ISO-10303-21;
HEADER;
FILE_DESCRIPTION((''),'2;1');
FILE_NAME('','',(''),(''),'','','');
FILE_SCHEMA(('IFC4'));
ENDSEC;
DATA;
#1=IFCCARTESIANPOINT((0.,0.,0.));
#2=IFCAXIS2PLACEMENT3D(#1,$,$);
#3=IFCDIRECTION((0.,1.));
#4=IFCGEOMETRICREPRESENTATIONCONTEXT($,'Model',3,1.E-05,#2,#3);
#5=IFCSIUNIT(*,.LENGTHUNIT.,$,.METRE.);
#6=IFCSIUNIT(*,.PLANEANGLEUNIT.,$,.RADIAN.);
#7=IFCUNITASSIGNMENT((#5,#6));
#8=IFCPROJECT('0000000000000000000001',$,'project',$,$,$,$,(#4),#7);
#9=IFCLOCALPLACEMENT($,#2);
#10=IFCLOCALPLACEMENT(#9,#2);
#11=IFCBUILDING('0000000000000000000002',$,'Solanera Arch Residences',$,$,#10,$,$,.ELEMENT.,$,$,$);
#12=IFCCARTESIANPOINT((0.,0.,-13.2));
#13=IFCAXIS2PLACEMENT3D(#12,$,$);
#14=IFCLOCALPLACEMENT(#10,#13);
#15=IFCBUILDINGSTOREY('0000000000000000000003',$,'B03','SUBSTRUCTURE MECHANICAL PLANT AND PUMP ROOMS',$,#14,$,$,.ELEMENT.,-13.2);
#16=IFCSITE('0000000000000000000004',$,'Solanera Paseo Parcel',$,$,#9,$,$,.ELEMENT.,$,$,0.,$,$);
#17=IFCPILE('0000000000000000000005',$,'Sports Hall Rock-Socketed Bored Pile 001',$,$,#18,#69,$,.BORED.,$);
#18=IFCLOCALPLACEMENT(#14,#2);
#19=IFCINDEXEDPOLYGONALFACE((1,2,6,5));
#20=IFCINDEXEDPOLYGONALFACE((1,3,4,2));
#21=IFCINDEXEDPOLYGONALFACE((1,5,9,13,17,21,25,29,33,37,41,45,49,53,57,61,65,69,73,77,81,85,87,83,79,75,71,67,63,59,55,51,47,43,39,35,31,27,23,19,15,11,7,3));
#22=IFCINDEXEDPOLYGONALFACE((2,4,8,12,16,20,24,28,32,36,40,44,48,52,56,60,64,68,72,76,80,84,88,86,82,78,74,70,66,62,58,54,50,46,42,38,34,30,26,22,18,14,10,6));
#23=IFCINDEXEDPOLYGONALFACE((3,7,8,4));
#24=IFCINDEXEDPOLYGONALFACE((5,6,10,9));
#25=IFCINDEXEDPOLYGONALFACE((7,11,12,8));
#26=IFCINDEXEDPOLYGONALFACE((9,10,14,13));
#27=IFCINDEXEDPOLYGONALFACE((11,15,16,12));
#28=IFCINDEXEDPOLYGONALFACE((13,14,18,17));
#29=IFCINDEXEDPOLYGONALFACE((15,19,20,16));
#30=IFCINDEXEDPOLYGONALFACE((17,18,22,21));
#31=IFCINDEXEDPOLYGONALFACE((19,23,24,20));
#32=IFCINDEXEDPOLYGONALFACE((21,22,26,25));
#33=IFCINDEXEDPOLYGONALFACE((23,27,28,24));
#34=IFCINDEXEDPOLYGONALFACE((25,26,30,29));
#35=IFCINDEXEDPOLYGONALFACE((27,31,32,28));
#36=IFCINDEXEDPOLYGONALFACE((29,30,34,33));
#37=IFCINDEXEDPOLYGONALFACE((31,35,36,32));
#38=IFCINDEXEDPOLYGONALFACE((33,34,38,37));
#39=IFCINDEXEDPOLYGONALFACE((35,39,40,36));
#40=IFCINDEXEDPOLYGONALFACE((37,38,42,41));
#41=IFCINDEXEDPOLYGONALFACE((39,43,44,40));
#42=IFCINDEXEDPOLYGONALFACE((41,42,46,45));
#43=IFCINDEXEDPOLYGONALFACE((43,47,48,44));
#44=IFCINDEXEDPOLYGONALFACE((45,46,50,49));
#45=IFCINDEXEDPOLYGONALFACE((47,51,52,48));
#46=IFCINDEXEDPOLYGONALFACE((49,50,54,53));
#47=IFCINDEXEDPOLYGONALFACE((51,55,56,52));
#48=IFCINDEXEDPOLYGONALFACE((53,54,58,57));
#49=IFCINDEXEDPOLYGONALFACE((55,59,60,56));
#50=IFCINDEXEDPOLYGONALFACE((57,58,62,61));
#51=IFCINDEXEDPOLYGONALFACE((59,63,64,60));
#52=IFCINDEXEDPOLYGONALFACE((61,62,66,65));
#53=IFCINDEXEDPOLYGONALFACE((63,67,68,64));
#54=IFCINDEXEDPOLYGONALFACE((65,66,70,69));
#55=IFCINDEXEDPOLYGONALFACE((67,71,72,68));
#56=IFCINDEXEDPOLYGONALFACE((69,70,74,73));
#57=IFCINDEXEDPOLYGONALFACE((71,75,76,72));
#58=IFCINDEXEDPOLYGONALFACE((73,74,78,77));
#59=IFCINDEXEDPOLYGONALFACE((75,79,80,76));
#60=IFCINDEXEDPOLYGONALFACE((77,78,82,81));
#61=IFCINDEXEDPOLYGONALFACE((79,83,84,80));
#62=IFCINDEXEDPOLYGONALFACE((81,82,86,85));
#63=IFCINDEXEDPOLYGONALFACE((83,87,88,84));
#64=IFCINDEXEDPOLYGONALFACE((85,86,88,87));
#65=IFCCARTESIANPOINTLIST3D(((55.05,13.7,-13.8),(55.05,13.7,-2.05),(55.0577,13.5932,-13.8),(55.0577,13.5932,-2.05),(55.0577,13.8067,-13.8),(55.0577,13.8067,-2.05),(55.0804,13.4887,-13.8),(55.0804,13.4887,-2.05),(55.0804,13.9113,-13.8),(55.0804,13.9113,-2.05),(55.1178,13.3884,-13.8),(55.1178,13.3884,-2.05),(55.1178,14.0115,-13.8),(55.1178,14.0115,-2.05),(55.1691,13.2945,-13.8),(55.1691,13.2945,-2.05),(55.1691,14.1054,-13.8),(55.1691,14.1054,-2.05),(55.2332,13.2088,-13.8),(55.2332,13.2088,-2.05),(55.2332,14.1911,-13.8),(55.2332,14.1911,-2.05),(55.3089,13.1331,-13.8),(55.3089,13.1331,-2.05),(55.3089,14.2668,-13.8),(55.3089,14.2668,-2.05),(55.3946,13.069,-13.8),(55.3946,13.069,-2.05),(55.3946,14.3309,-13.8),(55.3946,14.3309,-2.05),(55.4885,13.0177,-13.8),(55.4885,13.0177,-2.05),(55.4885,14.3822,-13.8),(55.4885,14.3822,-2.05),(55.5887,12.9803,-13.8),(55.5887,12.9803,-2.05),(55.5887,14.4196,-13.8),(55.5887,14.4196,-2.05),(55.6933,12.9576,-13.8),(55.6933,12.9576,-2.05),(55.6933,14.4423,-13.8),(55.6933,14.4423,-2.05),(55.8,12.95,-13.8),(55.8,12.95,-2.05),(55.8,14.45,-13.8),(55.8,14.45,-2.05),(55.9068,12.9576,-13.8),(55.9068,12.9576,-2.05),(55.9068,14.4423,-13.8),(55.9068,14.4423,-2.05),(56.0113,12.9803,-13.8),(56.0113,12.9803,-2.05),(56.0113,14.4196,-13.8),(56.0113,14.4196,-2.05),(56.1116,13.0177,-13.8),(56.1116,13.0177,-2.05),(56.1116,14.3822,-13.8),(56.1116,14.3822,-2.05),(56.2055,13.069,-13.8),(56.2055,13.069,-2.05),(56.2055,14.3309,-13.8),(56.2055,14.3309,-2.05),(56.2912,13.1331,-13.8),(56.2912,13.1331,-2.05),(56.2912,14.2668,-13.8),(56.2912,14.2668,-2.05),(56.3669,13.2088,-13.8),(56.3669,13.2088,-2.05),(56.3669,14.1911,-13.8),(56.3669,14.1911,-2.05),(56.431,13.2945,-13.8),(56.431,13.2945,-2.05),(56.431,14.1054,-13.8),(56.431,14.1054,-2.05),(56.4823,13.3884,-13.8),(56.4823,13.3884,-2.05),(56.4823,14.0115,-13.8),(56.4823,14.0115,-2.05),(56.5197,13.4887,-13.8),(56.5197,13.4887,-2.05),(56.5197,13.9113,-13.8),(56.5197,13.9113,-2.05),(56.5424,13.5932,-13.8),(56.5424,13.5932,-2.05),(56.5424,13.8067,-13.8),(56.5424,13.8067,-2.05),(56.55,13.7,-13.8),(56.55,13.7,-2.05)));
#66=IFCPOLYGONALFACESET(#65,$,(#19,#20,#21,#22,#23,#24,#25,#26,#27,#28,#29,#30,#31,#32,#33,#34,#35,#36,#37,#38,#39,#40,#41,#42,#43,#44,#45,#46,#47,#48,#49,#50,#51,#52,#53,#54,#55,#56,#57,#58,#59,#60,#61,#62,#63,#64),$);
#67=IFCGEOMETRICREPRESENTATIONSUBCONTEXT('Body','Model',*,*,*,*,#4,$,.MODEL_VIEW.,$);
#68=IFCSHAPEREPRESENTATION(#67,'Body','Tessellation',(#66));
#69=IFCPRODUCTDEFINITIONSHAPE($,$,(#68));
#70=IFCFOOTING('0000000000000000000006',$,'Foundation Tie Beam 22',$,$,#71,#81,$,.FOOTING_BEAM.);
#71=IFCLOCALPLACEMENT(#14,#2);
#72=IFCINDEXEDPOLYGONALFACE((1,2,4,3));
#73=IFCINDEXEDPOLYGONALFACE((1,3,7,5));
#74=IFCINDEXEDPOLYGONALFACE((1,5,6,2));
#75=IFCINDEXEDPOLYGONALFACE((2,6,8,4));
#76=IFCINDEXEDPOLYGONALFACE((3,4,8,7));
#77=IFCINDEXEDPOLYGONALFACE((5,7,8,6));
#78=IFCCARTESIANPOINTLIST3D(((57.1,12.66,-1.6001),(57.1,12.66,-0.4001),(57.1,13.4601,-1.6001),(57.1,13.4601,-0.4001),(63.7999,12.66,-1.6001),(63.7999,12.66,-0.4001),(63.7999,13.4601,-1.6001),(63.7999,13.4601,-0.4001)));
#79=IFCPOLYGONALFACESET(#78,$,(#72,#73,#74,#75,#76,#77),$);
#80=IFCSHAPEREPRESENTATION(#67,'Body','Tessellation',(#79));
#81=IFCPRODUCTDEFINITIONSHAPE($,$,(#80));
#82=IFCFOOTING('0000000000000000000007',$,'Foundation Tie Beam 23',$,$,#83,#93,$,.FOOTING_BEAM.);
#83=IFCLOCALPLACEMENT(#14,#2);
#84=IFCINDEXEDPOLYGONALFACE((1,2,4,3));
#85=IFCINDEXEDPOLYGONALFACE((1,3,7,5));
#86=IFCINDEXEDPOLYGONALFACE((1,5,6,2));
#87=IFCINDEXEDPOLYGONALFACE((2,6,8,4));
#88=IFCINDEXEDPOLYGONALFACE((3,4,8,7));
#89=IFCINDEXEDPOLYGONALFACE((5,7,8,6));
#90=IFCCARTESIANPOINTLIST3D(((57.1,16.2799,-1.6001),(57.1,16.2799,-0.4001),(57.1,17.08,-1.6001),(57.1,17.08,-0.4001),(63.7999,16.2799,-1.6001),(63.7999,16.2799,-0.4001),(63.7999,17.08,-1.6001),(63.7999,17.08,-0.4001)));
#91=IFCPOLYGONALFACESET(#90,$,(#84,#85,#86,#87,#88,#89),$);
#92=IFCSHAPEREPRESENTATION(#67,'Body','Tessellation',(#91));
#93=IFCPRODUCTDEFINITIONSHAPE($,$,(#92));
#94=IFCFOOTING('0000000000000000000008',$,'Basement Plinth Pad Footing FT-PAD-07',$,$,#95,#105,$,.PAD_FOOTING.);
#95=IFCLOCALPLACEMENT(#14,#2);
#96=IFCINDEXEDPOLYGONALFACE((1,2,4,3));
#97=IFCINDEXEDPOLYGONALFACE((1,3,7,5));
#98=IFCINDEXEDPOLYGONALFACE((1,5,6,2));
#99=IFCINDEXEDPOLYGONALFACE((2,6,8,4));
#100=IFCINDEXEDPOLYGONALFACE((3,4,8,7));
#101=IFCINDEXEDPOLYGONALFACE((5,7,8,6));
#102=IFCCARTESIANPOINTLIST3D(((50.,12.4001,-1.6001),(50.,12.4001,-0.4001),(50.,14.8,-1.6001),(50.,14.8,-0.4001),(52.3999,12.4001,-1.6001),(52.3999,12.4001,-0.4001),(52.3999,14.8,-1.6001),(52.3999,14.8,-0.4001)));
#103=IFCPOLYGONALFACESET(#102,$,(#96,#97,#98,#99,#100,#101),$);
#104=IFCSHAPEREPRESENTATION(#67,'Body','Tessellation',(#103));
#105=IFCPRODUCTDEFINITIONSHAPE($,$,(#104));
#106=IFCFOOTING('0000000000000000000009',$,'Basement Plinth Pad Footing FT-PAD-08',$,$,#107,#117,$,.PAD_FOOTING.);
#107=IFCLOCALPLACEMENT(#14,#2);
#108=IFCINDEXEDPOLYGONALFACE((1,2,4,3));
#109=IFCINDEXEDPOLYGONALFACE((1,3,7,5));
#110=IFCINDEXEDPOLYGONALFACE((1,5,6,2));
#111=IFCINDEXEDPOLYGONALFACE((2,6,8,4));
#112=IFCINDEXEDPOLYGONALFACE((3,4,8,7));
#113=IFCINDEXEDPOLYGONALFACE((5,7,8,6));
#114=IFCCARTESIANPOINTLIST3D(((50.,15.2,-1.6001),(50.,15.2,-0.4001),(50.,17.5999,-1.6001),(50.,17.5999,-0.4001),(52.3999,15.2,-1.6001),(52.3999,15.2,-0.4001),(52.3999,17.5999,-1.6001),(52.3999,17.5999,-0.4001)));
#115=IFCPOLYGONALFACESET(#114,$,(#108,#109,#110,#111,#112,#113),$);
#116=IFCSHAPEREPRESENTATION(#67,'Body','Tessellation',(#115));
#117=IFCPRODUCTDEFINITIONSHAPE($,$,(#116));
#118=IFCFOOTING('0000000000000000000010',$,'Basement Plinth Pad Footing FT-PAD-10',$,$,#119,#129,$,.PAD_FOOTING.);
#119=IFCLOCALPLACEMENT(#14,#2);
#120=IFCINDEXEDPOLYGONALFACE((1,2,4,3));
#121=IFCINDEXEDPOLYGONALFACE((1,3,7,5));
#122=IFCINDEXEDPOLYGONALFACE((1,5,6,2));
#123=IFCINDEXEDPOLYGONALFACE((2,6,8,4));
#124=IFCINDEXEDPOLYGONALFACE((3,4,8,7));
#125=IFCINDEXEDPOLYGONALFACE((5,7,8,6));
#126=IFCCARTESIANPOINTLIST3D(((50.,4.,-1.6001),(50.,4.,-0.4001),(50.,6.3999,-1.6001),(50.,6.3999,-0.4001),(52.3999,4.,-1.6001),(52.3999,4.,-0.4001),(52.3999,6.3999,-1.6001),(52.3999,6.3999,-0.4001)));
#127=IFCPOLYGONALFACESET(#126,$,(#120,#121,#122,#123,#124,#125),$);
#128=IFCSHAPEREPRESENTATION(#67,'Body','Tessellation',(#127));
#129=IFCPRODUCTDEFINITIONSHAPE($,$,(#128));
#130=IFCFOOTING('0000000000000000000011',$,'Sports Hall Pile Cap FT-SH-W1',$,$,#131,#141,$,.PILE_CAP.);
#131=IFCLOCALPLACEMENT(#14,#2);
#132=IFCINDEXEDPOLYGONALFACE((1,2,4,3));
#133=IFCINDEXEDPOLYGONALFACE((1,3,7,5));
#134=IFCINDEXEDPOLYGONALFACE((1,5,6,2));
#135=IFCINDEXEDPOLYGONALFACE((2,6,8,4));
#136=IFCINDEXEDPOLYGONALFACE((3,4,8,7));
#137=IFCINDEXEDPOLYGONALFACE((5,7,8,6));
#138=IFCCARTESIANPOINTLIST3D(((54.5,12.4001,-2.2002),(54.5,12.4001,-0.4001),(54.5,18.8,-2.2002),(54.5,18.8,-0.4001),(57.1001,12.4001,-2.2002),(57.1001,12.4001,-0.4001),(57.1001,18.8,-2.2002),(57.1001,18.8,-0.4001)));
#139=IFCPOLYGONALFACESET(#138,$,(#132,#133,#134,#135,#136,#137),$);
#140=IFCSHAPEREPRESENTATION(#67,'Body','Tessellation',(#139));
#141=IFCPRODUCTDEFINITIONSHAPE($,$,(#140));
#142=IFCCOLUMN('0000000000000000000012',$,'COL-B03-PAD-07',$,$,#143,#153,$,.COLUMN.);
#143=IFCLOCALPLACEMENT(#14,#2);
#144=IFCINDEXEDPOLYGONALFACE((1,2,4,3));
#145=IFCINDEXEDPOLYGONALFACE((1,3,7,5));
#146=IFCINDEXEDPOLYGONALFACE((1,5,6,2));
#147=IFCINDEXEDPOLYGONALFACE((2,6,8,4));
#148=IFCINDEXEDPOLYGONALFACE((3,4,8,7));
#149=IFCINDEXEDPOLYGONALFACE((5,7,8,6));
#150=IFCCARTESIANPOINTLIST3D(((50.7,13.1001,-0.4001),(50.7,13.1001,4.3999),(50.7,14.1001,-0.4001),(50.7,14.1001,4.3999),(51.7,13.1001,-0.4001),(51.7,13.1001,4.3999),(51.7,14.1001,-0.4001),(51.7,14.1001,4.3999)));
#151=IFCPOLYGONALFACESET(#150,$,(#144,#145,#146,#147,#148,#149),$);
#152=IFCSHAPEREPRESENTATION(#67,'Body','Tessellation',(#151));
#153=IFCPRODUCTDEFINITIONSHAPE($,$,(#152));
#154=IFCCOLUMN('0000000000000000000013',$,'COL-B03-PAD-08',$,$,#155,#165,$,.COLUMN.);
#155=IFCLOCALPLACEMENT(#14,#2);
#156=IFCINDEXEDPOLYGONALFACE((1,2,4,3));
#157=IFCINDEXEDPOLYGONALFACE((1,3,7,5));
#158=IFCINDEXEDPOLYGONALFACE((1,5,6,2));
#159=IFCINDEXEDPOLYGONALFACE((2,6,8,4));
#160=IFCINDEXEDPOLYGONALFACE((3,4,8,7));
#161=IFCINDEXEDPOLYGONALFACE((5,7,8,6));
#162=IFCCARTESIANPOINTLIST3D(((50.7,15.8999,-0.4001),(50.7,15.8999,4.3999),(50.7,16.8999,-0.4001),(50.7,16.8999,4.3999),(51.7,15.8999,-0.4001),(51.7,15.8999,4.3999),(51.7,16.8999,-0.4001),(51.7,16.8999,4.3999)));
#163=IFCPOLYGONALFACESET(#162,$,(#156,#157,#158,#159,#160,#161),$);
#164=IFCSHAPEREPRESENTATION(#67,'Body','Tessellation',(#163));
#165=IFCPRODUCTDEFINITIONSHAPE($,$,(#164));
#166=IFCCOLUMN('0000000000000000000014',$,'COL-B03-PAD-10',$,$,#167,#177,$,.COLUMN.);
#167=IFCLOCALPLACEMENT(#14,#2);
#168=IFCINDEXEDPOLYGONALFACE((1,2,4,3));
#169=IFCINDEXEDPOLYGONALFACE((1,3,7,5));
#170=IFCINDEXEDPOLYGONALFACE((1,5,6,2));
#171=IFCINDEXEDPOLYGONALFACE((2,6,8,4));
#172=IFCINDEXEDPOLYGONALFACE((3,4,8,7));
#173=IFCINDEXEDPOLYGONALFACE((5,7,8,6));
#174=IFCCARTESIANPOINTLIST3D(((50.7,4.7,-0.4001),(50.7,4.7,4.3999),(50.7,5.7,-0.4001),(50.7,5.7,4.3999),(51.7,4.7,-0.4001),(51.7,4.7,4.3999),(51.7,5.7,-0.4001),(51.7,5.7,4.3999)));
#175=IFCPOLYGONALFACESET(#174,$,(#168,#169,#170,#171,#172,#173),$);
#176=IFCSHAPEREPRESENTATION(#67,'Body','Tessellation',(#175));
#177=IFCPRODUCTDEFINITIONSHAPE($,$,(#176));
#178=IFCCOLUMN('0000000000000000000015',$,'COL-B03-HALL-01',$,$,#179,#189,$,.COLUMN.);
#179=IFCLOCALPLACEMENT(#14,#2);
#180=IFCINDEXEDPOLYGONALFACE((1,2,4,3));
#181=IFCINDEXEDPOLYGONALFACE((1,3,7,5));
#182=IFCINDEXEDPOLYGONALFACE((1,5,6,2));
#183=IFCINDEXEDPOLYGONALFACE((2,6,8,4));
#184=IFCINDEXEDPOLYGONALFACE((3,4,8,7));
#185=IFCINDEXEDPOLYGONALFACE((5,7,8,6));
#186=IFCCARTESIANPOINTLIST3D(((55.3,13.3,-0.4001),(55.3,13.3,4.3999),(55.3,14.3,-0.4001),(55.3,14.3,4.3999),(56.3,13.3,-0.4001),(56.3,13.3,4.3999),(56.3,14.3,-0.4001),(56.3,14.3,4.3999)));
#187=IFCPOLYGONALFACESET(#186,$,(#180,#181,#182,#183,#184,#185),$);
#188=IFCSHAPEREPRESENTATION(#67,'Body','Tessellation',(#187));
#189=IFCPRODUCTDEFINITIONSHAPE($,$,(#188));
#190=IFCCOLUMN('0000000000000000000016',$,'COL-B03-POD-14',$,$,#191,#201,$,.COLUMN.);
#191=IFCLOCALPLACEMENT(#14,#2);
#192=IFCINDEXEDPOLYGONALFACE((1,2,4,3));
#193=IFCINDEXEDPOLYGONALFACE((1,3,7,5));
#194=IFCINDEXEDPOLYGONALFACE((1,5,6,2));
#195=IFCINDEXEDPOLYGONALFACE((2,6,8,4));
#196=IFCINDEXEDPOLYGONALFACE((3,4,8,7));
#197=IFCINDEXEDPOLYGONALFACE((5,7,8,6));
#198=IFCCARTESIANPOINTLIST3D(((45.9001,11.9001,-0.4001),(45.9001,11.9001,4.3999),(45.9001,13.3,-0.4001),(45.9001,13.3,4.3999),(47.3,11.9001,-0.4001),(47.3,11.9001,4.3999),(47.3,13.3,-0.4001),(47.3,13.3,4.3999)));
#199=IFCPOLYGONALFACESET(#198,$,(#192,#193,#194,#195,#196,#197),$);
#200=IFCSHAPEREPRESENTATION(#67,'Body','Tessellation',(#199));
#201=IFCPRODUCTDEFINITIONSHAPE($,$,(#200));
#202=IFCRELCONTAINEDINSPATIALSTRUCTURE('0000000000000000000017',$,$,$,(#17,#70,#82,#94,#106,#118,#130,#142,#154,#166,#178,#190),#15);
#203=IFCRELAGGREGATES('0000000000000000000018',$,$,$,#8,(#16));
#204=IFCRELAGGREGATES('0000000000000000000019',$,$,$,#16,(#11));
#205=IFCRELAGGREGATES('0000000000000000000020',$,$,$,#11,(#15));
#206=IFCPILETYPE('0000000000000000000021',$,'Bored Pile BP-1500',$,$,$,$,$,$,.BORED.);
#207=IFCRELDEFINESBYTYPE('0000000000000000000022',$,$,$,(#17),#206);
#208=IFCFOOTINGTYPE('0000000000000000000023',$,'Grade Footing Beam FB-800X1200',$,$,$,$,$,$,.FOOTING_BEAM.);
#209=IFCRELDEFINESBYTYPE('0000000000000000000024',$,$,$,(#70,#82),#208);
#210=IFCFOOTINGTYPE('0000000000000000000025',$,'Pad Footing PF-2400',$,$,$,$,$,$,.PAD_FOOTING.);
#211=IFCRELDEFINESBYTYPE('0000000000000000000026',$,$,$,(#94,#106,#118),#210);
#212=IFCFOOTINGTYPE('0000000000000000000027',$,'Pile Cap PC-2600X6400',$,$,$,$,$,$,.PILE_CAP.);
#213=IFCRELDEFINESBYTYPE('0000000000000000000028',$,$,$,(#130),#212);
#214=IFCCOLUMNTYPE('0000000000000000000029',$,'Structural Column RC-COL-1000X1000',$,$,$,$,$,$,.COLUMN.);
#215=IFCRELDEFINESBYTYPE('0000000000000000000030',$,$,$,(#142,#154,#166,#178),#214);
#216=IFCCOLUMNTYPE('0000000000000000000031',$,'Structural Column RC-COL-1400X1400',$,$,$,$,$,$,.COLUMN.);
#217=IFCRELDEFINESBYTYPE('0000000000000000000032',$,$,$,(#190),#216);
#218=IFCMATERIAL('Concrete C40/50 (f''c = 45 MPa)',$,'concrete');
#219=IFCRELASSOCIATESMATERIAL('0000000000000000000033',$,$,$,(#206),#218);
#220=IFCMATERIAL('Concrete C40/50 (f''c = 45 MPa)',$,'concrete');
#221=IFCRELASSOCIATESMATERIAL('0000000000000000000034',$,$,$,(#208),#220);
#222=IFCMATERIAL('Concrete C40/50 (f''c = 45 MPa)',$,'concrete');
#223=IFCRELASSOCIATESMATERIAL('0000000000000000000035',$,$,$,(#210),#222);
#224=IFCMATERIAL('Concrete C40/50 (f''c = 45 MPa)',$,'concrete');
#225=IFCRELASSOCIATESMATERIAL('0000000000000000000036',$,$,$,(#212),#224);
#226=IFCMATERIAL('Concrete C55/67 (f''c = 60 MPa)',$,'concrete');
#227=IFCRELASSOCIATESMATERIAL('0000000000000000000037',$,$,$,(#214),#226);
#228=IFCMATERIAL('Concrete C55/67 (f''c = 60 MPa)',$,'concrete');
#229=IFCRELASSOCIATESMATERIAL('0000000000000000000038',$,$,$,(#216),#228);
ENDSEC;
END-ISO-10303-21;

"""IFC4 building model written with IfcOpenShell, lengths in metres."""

from ifc_helpers import new_model, si_unit, direction, frame, origin, origin_2d, place, context, subcontext, project, spatial, rectangle, circle, extrude, material, material_profile, profile_set, type_object, element, save


model = new_model("IFC4")

# Units and contexts
model_context = context("Model", 3, precision=1e-05, world=origin(), true_north=direction((0.0, 1.0)))
body_context = subcontext(model_context, "Body", "Model", "MODEL_VIEW")
ifc_project = project(units=[si_unit("LENGTHUNIT", "METRE"), si_unit("PLANEANGLEUNIT", "RADIAN")], contexts=[model_context])

# Site, building, storey
site_placement = place(None, origin())
site = spatial("IfcSite", under=ifc_project, at=site_placement, Name="Solanera Paseo Parcel", CompositionType="ELEMENT", RefElevation=0.0)
building_placement = place(site_placement, origin())
building = spatial("IfcBuilding", under=site, at=building_placement, Name="Solanera Arch Residences", CompositionType="ELEMENT")
storey_placement = place(building_placement, frame((0.0, 0.0, -13.2)))
storey = spatial("IfcBuildingStorey", under=building, at=storey_placement, Name="B03", Description="SUBSTRUCTURE MECHANICAL PLANT AND PUMP ROOMS", CompositionType="ELEMENT", Elevation=-13.2)

# Pile
ifc_material_1 = material(Name="Concrete C40/50 (f'c = 45 MPa)", Category="concrete")
ifc_material_profile_1 = material_profile(ifc_material_1, circle(Radius=0.75, at=origin_2d()))
ifc_profile_set_1 = profile_set([ifc_material_profile_1], Name="Concrete C40/50 (f'c = 45 MPa)")
pile_type = type_object("IfcPileType", Name="Bored Pile BP-1500", PredefinedType="BORED", material=ifc_profile_set_1)
pile_placement = place(storey_placement, frame((55.8, 13.7, -2.05), z_axis=(0.0, 0.0, -1.0), x_axis=(1.0, 0.0, 0.0)))
element("IfcPile", 1, at=pile_placement, inside=storey, type_object=pile_type, Name="Sports Hall Rock-Socketed Bored Pile 001", PredefinedType="BORED", context=body_context, shape_type="SweptSolid", body=[
    extrude(circle(Radius=0.75, at=origin_2d()), origin(), (0.0, 0.0, 1.0), 11.75),
])

# Footings
ifc_material_2 = material(Name="Concrete C40/50 (f'c = 45 MPa)", Category="concrete")
footing_type_1 = type_object("IfcFootingType", Name="Grade Footing Beam FB-800X1200", PredefinedType="FOOTING_BEAM", material=ifc_material_2)
for number, where, z_axis, x_axis, name in (
    (2, (60.45, 13.0601, -1.6001), (0.0, 0.0, 1.0), (1.0, 0.0, 0.0), "Foundation Tie Beam 22"),
    (3, (60.45, 16.6799, -1.6001), (0.0, 0.0, 1.0), (1.0, 0.0, 0.0), "Foundation Tie Beam 23"),
):
    element("IfcFooting", number, at=place(storey_placement, frame(where, z_axis=z_axis, x_axis=x_axis)), inside=storey, type_object=footing_type_1, Name=name, PredefinedType="FOOTING_BEAM", context=body_context, shape_type="SweptSolid", body=[
        extrude(rectangle(XDim=6.7, YDim=0.8, at=origin_2d()), origin(), (0.0, 0.0, 1.0), 1.2),
    ])
ifc_material_3 = material(Name="Concrete C40/50 (f'c = 45 MPa)", Category="concrete")
footing_type_2 = type_object("IfcFootingType", Name="Pad Footing PF-2400", PredefinedType="PAD_FOOTING", material=ifc_material_3)
for number, where, z_axis, x_axis, name in (
    (4, (51.2, 13.6001, -1.6001), (0.0, 0.0, 1.0), (1.0, 0.0, 0.0), "Basement Plinth Pad Footing FT-PAD-07"),
    (5, (51.2, 16.3999, -1.6001), (0.0, 0.0, 1.0), (1.0, 0.0, 0.0), "Basement Plinth Pad Footing FT-PAD-08"),
    (6, (51.2, 5.2, -1.6001), (0.0, 0.0, 1.0), (1.0, 0.0, 0.0), "Basement Plinth Pad Footing FT-PAD-10"),
):
    element("IfcFooting", number, at=place(storey_placement, frame(where, z_axis=z_axis, x_axis=x_axis)), inside=storey, type_object=footing_type_2, Name=name, PredefinedType="PAD_FOOTING", context=body_context, shape_type="SweptSolid", body=[
        extrude(rectangle(XDim=2.3999, YDim=2.3999, at=origin_2d()), origin(), (0.0, 0.0, 1.0), 1.2),
    ])
ifc_material_4 = material(Name="Concrete C40/50 (f'c = 45 MPa)", Category="concrete")
footing_type_3 = type_object("IfcFootingType", Name="Pile Cap PC-2600X6400", PredefinedType="PILE_CAP", material=ifc_material_4)
footing_placement = place(storey_placement, frame((55.8, 15.6001, -2.2002), z_axis=(0.0, 0.0, 1.0), x_axis=(1.0, 0.0, 0.0)))
element("IfcFooting", 7, at=footing_placement, inside=storey, type_object=footing_type_3, Name="Sports Hall Pile Cap FT-SH-W1", PredefinedType="PILE_CAP", context=body_context, shape_type="SweptSolid", body=[
    extrude(rectangle(XDim=2.6001, YDim=6.3999, at=origin_2d()), origin(), (0.0, 0.0, 1.0), 1.8),
])

# Columns
ifc_material_5 = material(Name="Concrete C55/67 (f'c = 60 MPa)", Category="concrete")
ifc_material_profile_2 = material_profile(ifc_material_5, rectangle(XDim=1.0, YDim=1.0, at=origin_2d()))
ifc_profile_set_2 = profile_set([ifc_material_profile_2], Name="Concrete C55/67 (f'c = 60 MPa)")
column_type_1 = type_object("IfcColumnType", Name="Structural Column RC-COL-1000X1000", PredefinedType="COLUMN", material=ifc_profile_set_2)
for number, where, z_axis, x_axis, name in (
    (8, (51.2, 13.6001, -0.4001), (0.0, 0.0, 1.0), (1.0, 0.0, 0.0), "COL-B03-PAD-07"),
    (9, (51.2, 16.3999, -0.4001), (0.0, 0.0, 1.0), (1.0, 0.0, 0.0), "COL-B03-PAD-08"),
    (10, (51.2, 5.2, -0.4001), (0.0, 0.0, 1.0), (1.0, 0.0, 0.0), "COL-B03-PAD-10"),
    (11, (55.8, 13.8, -0.4001), (0.0, 0.0, 1.0), (1.0, 0.0, 0.0), "COL-B03-HALL-01"),
):
    element("IfcColumn", number, at=place(storey_placement, frame(where, z_axis=z_axis, x_axis=x_axis)), inside=storey, type_object=column_type_1, Name=name, PredefinedType="COLUMN", context=body_context, shape_type="SweptSolid", body=[
        extrude(rectangle(XDim=1.0, YDim=1.0, at=origin_2d()), origin(), (0.0, 0.0, 1.0), 4.8),
    ])
ifc_material_6 = material(Name="Concrete C55/67 (f'c = 60 MPa)", Category="concrete")
ifc_material_profile_3 = material_profile(ifc_material_6, rectangle(XDim=1.3999, YDim=1.3999, at=origin_2d()))
ifc_profile_set_3 = profile_set([ifc_material_profile_3], Name="Concrete C55/67 (f'c = 60 MPa)")
column_type_2 = type_object("IfcColumnType", Name="Structural Column RC-COL-1400X1400", PredefinedType="COLUMN", material=ifc_profile_set_3)
column_placement = place(storey_placement, frame((46.6001, 12.6001, -0.4001), z_axis=(0.0, 0.0, 1.0), x_axis=(1.0, 0.0, 0.0)))
element("IfcColumn", 12, at=column_placement, inside=storey, type_object=column_type_2, Name="COL-B03-POD-14", PredefinedType="COLUMN", context=body_context, shape_type="SweptSolid", body=[
    extrude(rectangle(XDim=1.3999, YDim=1.3999, at=origin_2d()), origin(), (0.0, 0.0, 1.0), 4.8),
])

save(model, "model.ifc")
